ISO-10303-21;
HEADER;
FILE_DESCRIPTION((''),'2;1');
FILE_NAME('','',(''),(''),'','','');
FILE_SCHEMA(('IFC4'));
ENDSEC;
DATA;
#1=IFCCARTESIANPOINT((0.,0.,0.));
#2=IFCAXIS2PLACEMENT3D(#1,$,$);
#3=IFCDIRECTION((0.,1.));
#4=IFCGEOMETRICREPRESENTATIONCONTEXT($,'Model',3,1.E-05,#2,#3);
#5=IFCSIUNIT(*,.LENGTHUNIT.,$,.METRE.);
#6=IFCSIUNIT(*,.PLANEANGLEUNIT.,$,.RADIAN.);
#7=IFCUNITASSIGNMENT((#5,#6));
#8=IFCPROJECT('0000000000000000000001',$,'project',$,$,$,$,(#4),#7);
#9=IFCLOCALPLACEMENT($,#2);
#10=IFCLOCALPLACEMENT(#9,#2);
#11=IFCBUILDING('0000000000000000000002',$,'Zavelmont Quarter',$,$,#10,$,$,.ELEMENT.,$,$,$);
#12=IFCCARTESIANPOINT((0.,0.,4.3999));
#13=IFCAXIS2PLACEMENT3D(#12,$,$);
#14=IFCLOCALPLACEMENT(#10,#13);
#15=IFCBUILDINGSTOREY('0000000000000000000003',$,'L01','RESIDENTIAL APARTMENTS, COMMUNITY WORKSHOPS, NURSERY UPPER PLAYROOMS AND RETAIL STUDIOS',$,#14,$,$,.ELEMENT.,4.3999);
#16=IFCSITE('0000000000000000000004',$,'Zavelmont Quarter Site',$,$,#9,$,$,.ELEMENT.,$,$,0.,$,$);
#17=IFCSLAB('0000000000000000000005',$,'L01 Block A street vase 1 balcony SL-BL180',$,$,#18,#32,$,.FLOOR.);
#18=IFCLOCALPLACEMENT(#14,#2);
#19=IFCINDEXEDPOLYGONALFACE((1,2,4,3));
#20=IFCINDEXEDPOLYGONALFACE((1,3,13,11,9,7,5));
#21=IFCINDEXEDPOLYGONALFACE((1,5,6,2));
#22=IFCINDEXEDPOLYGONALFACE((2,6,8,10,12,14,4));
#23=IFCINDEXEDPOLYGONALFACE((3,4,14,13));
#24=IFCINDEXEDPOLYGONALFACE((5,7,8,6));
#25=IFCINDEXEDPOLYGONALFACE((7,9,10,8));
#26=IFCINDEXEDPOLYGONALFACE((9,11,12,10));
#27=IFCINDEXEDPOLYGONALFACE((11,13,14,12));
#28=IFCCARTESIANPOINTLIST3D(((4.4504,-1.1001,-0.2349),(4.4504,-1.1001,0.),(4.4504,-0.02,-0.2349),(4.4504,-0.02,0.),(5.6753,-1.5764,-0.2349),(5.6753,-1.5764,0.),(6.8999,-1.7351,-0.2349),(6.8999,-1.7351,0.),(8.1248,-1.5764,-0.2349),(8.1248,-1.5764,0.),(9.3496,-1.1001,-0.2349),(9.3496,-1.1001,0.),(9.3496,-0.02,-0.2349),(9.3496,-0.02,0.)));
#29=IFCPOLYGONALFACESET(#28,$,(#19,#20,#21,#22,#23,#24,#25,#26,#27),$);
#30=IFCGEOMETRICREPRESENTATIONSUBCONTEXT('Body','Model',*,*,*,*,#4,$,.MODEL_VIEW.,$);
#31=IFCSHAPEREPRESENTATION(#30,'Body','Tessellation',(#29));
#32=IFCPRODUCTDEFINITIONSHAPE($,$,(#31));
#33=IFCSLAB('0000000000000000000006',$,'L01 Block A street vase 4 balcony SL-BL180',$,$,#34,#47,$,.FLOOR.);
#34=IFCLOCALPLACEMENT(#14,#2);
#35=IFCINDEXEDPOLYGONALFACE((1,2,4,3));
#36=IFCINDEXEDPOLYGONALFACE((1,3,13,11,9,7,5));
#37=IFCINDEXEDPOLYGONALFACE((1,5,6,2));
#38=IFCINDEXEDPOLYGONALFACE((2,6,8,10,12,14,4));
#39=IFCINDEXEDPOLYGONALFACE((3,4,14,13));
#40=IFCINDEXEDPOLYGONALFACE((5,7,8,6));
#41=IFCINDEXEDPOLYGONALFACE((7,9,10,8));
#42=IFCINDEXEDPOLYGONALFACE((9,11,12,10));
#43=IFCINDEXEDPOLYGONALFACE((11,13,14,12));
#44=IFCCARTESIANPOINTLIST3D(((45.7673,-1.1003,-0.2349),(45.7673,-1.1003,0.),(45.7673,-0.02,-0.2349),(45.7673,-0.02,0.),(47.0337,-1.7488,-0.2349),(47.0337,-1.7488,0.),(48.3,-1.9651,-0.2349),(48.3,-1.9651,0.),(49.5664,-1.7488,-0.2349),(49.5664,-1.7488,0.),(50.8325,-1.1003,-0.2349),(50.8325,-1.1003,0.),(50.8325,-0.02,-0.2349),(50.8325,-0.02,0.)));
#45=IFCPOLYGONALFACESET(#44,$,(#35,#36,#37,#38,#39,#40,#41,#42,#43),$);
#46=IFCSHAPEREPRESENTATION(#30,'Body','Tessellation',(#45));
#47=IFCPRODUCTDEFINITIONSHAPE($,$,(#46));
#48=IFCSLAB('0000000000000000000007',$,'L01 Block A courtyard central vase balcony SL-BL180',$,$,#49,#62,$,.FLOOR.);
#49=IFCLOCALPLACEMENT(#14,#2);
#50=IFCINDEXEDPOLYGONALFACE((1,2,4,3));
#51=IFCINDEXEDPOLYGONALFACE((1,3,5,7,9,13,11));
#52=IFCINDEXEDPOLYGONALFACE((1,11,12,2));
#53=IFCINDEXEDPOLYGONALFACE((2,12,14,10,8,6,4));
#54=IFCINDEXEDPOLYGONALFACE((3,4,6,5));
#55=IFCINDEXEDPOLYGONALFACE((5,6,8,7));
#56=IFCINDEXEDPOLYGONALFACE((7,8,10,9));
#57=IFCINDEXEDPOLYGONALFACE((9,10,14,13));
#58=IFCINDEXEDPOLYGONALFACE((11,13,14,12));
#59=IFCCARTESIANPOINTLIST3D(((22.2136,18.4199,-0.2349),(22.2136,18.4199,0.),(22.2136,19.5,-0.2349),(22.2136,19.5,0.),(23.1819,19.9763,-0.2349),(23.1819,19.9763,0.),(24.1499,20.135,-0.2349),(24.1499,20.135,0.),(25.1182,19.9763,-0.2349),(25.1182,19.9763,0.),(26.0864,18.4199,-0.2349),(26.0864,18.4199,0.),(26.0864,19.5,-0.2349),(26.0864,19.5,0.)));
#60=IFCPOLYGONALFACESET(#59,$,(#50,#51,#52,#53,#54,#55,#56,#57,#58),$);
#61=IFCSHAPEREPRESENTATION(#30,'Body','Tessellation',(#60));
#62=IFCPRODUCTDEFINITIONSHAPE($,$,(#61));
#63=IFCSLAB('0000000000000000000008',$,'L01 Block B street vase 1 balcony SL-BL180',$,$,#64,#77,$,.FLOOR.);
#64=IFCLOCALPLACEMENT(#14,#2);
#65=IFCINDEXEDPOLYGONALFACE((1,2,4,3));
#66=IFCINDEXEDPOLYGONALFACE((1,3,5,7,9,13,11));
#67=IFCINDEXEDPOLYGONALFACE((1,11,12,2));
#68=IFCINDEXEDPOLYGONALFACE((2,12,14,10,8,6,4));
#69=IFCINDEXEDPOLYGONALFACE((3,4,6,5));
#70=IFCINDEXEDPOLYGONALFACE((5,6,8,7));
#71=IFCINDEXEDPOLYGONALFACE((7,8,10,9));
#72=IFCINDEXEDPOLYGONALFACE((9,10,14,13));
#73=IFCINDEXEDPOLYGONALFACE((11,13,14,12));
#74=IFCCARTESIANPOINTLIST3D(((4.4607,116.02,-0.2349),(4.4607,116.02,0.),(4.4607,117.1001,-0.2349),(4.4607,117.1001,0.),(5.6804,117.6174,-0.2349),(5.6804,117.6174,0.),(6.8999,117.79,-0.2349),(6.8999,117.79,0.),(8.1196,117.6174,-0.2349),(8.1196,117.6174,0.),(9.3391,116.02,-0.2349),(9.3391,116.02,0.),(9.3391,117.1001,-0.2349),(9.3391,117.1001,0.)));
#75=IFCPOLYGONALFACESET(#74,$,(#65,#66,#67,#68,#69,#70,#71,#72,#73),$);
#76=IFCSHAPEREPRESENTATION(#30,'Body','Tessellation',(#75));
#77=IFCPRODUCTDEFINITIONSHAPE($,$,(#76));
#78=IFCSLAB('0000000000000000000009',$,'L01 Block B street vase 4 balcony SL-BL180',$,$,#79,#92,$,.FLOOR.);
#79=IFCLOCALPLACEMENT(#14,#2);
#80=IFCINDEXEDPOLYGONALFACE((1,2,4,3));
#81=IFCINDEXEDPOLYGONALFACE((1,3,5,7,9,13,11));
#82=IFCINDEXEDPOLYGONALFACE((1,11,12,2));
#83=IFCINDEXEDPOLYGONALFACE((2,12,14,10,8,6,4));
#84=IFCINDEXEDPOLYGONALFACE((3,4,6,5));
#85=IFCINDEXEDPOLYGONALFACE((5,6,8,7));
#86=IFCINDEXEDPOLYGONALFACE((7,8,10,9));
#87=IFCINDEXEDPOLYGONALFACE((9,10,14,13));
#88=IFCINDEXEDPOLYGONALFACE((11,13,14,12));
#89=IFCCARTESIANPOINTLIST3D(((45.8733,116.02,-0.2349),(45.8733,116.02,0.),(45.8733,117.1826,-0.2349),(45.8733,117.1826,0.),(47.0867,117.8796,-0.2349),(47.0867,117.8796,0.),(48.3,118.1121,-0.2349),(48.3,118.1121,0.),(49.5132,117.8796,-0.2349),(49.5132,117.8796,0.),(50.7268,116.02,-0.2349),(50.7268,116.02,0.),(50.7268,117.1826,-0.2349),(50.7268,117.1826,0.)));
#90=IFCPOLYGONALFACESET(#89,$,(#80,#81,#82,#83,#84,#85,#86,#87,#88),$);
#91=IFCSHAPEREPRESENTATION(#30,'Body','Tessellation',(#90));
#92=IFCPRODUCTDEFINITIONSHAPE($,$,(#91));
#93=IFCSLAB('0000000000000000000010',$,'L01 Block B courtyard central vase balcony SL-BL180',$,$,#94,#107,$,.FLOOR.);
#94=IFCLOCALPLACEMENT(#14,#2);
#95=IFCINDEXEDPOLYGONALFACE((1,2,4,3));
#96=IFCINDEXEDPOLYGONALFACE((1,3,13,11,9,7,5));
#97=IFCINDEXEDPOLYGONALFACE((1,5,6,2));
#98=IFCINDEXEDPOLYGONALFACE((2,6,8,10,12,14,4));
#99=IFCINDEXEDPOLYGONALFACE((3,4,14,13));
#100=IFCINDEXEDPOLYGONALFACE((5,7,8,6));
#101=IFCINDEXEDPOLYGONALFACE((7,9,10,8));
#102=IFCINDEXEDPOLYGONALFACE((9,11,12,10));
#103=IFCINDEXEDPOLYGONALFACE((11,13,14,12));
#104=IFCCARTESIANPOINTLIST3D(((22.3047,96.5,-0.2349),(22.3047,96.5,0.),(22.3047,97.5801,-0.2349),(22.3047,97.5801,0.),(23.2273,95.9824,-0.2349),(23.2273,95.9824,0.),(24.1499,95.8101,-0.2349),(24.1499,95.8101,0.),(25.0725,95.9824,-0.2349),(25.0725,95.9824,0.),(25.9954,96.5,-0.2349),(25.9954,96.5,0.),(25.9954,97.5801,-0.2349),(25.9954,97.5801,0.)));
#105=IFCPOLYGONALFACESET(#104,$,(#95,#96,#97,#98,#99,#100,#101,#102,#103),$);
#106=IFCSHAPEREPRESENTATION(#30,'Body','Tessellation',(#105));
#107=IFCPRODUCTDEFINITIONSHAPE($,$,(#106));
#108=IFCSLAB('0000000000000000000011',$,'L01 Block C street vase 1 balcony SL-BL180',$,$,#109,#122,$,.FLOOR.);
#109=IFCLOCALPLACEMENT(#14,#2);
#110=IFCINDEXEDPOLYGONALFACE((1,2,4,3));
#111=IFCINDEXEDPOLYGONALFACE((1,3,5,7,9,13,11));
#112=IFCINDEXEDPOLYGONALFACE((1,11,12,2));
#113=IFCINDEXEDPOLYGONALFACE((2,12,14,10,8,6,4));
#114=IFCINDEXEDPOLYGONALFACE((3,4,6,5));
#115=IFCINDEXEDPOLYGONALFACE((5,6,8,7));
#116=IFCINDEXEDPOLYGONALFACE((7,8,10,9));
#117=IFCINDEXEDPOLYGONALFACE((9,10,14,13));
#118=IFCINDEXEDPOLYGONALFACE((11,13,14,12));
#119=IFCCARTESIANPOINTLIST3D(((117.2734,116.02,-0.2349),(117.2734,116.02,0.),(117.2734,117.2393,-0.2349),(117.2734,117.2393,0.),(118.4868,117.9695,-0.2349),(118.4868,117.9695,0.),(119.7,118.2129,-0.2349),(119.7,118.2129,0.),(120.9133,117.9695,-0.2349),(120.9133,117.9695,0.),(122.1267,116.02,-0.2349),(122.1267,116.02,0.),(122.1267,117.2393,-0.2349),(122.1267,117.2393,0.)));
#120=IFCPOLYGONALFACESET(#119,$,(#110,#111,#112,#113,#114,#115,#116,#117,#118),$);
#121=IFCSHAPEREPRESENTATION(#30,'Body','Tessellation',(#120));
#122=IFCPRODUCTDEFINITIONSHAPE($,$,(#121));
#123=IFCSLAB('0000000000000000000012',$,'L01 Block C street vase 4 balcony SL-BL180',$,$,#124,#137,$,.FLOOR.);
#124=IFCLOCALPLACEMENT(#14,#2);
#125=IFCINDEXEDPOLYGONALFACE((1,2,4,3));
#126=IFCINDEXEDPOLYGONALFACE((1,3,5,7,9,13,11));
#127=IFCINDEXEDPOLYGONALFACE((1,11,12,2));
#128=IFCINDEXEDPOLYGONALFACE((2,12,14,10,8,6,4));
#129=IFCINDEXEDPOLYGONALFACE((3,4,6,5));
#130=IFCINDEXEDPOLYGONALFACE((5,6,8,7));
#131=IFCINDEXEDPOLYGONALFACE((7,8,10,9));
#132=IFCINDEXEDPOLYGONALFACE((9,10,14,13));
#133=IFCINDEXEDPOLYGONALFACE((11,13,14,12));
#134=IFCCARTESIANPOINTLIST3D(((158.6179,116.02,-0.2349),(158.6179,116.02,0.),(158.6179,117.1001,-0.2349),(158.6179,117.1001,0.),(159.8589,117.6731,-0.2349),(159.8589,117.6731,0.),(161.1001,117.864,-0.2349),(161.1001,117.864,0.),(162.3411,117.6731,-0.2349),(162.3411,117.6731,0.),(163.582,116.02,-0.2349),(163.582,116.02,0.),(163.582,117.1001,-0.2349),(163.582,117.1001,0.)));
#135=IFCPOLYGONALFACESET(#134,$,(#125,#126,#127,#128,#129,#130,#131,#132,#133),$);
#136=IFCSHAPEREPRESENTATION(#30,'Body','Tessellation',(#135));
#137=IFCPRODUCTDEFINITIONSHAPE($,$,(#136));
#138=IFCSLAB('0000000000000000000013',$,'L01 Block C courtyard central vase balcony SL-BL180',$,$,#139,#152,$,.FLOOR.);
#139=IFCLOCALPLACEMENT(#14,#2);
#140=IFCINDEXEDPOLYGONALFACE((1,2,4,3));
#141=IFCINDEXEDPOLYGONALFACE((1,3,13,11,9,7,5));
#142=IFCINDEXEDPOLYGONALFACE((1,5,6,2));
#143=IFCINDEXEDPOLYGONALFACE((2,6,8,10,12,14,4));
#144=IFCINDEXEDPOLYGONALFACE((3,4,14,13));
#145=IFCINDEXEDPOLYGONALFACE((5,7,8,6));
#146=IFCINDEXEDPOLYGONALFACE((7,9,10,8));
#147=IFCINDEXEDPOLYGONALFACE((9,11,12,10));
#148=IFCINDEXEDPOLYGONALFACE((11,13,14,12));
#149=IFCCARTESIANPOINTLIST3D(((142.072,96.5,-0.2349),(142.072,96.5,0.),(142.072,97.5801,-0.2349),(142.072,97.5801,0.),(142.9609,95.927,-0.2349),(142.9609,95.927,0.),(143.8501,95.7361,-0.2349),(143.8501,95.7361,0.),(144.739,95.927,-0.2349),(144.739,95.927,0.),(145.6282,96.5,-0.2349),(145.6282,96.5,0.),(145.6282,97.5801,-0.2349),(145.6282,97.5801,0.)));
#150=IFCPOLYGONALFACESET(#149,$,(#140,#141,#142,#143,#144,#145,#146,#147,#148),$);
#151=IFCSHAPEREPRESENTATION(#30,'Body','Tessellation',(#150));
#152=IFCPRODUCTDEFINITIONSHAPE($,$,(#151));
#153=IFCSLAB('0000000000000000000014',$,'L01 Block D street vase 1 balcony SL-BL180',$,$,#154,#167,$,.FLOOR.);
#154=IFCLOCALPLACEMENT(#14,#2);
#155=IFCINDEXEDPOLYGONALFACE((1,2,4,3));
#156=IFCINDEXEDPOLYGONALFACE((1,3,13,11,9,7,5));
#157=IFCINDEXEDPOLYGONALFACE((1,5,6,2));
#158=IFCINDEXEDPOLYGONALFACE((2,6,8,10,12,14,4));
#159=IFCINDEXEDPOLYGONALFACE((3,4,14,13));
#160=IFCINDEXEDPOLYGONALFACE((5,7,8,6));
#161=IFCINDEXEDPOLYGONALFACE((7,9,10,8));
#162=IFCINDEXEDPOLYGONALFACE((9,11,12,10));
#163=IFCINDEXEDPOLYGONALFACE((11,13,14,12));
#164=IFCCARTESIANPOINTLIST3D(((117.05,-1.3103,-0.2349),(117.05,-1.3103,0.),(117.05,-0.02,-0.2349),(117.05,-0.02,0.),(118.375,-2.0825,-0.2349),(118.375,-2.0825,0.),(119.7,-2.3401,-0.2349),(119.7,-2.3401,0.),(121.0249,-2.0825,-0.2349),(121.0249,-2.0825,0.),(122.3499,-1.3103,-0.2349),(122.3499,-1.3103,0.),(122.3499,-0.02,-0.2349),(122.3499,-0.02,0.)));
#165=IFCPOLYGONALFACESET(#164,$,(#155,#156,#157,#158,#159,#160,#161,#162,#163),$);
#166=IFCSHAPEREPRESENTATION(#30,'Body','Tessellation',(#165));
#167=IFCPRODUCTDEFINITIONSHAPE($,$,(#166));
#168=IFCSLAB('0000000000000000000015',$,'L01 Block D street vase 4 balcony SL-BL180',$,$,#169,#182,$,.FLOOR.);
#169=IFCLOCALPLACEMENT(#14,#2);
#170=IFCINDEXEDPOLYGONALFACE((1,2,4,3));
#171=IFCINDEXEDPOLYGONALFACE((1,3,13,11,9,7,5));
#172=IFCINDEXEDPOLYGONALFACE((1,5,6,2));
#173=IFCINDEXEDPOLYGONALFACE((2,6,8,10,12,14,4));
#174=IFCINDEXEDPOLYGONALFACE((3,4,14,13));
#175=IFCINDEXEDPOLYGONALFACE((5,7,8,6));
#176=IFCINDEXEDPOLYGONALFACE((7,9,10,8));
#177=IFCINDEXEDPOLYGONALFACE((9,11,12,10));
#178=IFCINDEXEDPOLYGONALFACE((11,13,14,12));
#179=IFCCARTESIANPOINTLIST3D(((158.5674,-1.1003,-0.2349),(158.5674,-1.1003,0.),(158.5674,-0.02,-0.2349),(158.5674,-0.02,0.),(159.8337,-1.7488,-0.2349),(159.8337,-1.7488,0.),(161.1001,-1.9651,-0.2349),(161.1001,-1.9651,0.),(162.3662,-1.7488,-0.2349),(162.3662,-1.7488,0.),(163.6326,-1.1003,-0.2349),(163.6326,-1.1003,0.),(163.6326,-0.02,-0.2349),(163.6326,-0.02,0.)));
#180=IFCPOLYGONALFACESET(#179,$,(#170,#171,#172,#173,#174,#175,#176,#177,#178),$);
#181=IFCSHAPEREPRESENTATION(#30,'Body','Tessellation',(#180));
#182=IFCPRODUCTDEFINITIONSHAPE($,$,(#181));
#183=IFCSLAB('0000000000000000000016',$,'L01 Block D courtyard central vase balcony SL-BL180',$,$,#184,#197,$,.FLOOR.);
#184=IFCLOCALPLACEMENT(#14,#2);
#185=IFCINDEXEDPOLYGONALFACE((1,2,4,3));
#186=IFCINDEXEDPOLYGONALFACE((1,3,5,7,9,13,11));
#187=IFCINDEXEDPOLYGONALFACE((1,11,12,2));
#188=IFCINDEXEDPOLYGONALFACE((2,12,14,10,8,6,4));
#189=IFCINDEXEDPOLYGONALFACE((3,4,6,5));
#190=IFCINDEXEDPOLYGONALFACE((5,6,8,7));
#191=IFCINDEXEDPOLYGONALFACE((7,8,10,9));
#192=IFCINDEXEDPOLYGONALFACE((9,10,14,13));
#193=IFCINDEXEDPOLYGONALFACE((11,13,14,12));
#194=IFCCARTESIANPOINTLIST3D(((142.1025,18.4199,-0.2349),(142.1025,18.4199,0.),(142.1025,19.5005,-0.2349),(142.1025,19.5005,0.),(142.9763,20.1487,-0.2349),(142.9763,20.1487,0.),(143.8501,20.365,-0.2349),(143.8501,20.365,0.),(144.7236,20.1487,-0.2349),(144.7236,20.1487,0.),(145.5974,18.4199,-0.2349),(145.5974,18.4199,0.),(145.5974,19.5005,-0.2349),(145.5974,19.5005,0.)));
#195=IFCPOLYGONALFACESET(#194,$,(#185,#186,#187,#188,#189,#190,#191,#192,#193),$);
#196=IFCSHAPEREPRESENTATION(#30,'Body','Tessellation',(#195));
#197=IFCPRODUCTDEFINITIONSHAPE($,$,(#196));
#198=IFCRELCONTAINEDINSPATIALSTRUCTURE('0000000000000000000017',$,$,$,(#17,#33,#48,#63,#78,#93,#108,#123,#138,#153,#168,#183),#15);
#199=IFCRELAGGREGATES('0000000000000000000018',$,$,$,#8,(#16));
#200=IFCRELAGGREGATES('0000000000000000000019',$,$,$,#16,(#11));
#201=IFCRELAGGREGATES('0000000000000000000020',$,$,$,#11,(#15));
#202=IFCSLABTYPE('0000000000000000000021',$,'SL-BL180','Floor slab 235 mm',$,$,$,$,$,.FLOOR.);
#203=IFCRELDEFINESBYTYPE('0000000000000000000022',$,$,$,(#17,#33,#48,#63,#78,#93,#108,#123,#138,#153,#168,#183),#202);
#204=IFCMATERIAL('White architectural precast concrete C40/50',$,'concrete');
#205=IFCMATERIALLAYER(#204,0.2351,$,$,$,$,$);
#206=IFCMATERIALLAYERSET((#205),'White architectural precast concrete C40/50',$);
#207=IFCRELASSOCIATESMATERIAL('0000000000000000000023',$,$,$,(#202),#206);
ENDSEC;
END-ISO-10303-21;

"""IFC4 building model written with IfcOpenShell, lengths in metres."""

from ifc_helpers import new_model, si_unit, direction, frame, origin, place, context, subcontext, project, spatial, polyline, outline, extrude, material, layer, layer_set, type_object, element, save


model = new_model("IFC4")

# Units and contexts
model_context = context("Model", 3, precision=1e-05, world=origin(), true_north=direction((0.0, 1.0)))
body_context = subcontext(model_context, "Body", "Model", "MODEL_VIEW")
ifc_project = project(units=[si_unit("LENGTHUNIT", "METRE"), si_unit("PLANEANGLEUNIT", "RADIAN")], contexts=[model_context])

# Site, building, storey
site_placement = place(None, origin())
site = spatial("IfcSite", under=ifc_project, at=site_placement, Name="Zavelmont Quarter Site", CompositionType="ELEMENT", RefElevation=0.0)
building_placement = place(site_placement, origin())
building = spatial("IfcBuilding", under=site, at=building_placement, Name="Zavelmont Quarter", CompositionType="ELEMENT")
storey_placement = place(building_placement, frame((0.0, 0.0, 4.3999)))
storey = spatial("IfcBuildingStorey", under=building, at=storey_placement, Name="L01", Description="RESIDENTIAL APARTMENTS, COMMUNITY WORKSHOPS, NURSERY UPPER PLAYROOMS AND RETAIL STUDIOS", CompositionType="ELEMENT", Elevation=4.3999)

# Slabs
ifc_material_1 = material(Name="White architectural precast concrete C40/50", Category="concrete")
ifc_layer_1 = layer(ifc_material_1, 0.2351)
ifc_layer_set_1 = layer_set([ifc_layer_1], Name="White architectural precast concrete C40/50")
slab_type_1 = type_object("IfcSlabType", Name="SL-BL180", Description="Floor slab 235 mm", PredefinedType="FLOOR", material=ifc_layer_set_1)
slab_1_placement = place(storey_placement, frame((0.0, 0.0, -0.2349)))
element("IfcSlab", 1, at=slab_1_placement, inside=storey, type_object=slab_type_1, Name="L01 Block A street vase 1 balcony SL-BL180", PredefinedType="FLOOR", context=body_context, shape_type="SweptSolid", body=[
    extrude(outline(polyline([(4.4504, -0.02), (4.4504, -1.1001), (5.6753, -1.5764), (6.8999, -1.7351), (8.1248, -1.5764), (9.3496, -1.1001), (9.3496, -0.02), (4.4504, -0.02)])), origin(), (0.0, 0.0, 1.0), 0.2349),
])
slab_2_placement = place(storey_placement, frame((0.0, 0.0, -0.2349)))
element("IfcSlab", 2, at=slab_2_placement, inside=storey, type_object=slab_type_1, Name="L01 Block A street vase 4 balcony SL-BL180", PredefinedType="FLOOR", context=body_context, shape_type="SweptSolid", body=[
    extrude(outline(polyline([(45.7673, -0.02), (45.7673, -1.1003), (47.0337, -1.7488), (48.3, -1.9651), (49.5664, -1.7488), (50.8325, -1.1003), (50.8325, -0.02), (45.7673, -0.02)])), origin(), (0.0, 0.0, 1.0), 0.2349),
])
slab_3_placement = place(storey_placement, frame((0.0, 0.0, -0.2349)))
element("IfcSlab", 3, at=slab_3_placement, inside=storey, type_object=slab_type_1, Name="L01 Block A courtyard central vase balcony SL-BL180", PredefinedType="FLOOR", context=body_context, shape_type="SweptSolid", body=[
    extrude(outline(polyline([(26.0864, 18.4199), (26.0864, 19.5), (25.1182, 19.9763), (24.1499, 20.135), (23.1819, 19.9763), (22.2136, 19.5), (22.2136, 18.4199), (26.0864, 18.4199)])), origin(), (0.0, 0.0, 1.0), 0.2349),
])
slab_4_placement = place(storey_placement, frame((0.0, 0.0, -0.2349)))
element("IfcSlab", 4, at=slab_4_placement, inside=storey, type_object=slab_type_1, Name="L01 Block B street vase 1 balcony SL-BL180", PredefinedType="FLOOR", context=body_context, shape_type="SweptSolid", body=[
    extrude(outline(polyline([(9.3391, 116.02), (9.3391, 117.1001), (8.1196, 117.6174), (6.8999, 117.79), (5.6804, 117.6174), (4.4607, 117.1001), (4.4607, 116.02), (9.3391, 116.02)])), origin(), (0.0, 0.0, 1.0), 0.2349),
])
slab_5_placement = place(storey_placement, frame((0.0, 0.0, -0.2349)))
element("IfcSlab", 5, at=slab_5_placement, inside=storey, type_object=slab_type_1, Name="L01 Block B street vase 4 balcony SL-BL180", PredefinedType="FLOOR", context=body_context, shape_type="SweptSolid", body=[
    extrude(outline(polyline([(50.7268, 116.02), (50.7268, 117.1826), (49.5132, 117.8796), (48.3, 118.1121), (47.0867, 117.8796), (45.8733, 117.1826), (45.8733, 116.02), (50.7268, 116.02)])), origin(), (0.0, 0.0, 1.0), 0.2349),
])
slab_6_placement = place(storey_placement, frame((0.0, 0.0, -0.2349)))
element("IfcSlab", 6, at=slab_6_placement, inside=storey, type_object=slab_type_1, Name="L01 Block B courtyard central vase balcony SL-BL180", PredefinedType="FLOOR", context=body_context, shape_type="SweptSolid", body=[
    extrude(outline(polyline([(22.3047, 97.5801), (22.3047, 96.5), (23.2273, 95.9824), (24.1499, 95.8101), (25.0725, 95.9824), (25.9954, 96.5), (25.9954, 97.5801), (22.3047, 97.5801)])), origin(), (0.0, 0.0, 1.0), 0.2349),
])
slab_7_placement = place(storey_placement, frame((0.0, 0.0, -0.2349)))
element("IfcSlab", 7, at=slab_7_placement, inside=storey, type_object=slab_type_1, Name="L01 Block C street vase 1 balcony SL-BL180", PredefinedType="FLOOR", context=body_context, shape_type="SweptSolid", body=[
    extrude(outline(polyline([(122.1267, 116.02), (122.1267, 117.2393), (120.9133, 117.9695), (119.7, 118.2129), (118.4868, 117.9695), (117.2734, 117.2393), (117.2734, 116.02), (122.1267, 116.02)])), origin(), (0.0, 0.0, 1.0), 0.2349),
])
slab_8_placement = place(storey_placement, frame((0.0, 0.0, -0.2349)))
element("IfcSlab", 8, at=slab_8_placement, inside=storey, type_object=slab_type_1, Name="L01 Block C street vase 4 balcony SL-BL180", PredefinedType="FLOOR", context=body_context, shape_type="SweptSolid", body=[
    extrude(outline(polyline([(163.582, 116.02), (163.582, 117.1001), (162.3411, 117.6731), (161.1001, 117.864), (159.8589, 117.6731), (158.6179, 117.1001), (158.6179, 116.02), (163.582, 116.02)])), origin(), (0.0, 0.0, 1.0), 0.2349),
])
slab_9_placement = place(storey_placement, frame((0.0, 0.0, -0.2349)))
element("IfcSlab", 9, at=slab_9_placement, inside=storey, type_object=slab_type_1, Name="L01 Block C courtyard central vase balcony SL-BL180", PredefinedType="FLOOR", context=body_context, shape_type="SweptSolid", body=[
    extrude(outline(polyline([(142.072, 97.5801), (142.072, 96.5), (142.9609, 95.927), (143.8501, 95.7361), (144.739, 95.927), (145.6282, 96.5), (145.6282, 97.5801), (142.072, 97.5801)])), origin(), (0.0, 0.0, 1.0), 0.2349),
])
slab_10_placement = place(storey_placement, frame((0.0, 0.0, -0.2349)))
element("IfcSlab", 10, at=slab_10_placement, inside=storey, type_object=slab_type_1, Name="L01 Block D street vase 1 balcony SL-BL180", PredefinedType="FLOOR", context=body_context, shape_type="SweptSolid", body=[
    extrude(outline(polyline([(117.05, -0.02), (117.05, -1.3103), (118.375, -2.0825), (119.7, -2.3401), (121.0249, -2.0825), (122.3499, -1.3103), (122.3499, -0.02), (117.05, -0.02)])), origin(), (0.0, 0.0, 1.0), 0.2349),
])
slab_11_placement = place(storey_placement, frame((0.0, 0.0, -0.2349)))
element("IfcSlab", 11, at=slab_11_placement, inside=storey, type_object=slab_type_1, Name="L01 Block D street vase 4 balcony SL-BL180", PredefinedType="FLOOR", context=body_context, shape_type="SweptSolid", body=[
    extrude(outline(polyline([(158.5674, -0.02), (158.5674, -1.1003), (159.8337, -1.7488), (161.1001, -1.9651), (162.3662, -1.7488), (163.6326, -1.1003), (163.6326, -0.02), (158.5674, -0.02)])), origin(), (0.0, 0.0, 1.0), 0.2349),
])
slab_12_placement = place(storey_placement, frame((0.0, 0.0, -0.2349)))
element("IfcSlab", 12, at=slab_12_placement, inside=storey, type_object=slab_type_1, Name="L01 Block D courtyard central vase balcony SL-BL180", PredefinedType="FLOOR", context=body_context, shape_type="SweptSolid", body=[
    extrude(outline(polyline([(145.5974, 18.4199), (145.5974, 19.5005), (144.7236, 20.1487), (143.8501, 20.365), (142.9763, 20.1487), (142.1025, 19.5005), (142.1025, 18.4199), (145.5974, 18.4199)])), origin(), (0.0, 0.0, 1.0), 0.2349),
])

save(model, "model.ifc")
